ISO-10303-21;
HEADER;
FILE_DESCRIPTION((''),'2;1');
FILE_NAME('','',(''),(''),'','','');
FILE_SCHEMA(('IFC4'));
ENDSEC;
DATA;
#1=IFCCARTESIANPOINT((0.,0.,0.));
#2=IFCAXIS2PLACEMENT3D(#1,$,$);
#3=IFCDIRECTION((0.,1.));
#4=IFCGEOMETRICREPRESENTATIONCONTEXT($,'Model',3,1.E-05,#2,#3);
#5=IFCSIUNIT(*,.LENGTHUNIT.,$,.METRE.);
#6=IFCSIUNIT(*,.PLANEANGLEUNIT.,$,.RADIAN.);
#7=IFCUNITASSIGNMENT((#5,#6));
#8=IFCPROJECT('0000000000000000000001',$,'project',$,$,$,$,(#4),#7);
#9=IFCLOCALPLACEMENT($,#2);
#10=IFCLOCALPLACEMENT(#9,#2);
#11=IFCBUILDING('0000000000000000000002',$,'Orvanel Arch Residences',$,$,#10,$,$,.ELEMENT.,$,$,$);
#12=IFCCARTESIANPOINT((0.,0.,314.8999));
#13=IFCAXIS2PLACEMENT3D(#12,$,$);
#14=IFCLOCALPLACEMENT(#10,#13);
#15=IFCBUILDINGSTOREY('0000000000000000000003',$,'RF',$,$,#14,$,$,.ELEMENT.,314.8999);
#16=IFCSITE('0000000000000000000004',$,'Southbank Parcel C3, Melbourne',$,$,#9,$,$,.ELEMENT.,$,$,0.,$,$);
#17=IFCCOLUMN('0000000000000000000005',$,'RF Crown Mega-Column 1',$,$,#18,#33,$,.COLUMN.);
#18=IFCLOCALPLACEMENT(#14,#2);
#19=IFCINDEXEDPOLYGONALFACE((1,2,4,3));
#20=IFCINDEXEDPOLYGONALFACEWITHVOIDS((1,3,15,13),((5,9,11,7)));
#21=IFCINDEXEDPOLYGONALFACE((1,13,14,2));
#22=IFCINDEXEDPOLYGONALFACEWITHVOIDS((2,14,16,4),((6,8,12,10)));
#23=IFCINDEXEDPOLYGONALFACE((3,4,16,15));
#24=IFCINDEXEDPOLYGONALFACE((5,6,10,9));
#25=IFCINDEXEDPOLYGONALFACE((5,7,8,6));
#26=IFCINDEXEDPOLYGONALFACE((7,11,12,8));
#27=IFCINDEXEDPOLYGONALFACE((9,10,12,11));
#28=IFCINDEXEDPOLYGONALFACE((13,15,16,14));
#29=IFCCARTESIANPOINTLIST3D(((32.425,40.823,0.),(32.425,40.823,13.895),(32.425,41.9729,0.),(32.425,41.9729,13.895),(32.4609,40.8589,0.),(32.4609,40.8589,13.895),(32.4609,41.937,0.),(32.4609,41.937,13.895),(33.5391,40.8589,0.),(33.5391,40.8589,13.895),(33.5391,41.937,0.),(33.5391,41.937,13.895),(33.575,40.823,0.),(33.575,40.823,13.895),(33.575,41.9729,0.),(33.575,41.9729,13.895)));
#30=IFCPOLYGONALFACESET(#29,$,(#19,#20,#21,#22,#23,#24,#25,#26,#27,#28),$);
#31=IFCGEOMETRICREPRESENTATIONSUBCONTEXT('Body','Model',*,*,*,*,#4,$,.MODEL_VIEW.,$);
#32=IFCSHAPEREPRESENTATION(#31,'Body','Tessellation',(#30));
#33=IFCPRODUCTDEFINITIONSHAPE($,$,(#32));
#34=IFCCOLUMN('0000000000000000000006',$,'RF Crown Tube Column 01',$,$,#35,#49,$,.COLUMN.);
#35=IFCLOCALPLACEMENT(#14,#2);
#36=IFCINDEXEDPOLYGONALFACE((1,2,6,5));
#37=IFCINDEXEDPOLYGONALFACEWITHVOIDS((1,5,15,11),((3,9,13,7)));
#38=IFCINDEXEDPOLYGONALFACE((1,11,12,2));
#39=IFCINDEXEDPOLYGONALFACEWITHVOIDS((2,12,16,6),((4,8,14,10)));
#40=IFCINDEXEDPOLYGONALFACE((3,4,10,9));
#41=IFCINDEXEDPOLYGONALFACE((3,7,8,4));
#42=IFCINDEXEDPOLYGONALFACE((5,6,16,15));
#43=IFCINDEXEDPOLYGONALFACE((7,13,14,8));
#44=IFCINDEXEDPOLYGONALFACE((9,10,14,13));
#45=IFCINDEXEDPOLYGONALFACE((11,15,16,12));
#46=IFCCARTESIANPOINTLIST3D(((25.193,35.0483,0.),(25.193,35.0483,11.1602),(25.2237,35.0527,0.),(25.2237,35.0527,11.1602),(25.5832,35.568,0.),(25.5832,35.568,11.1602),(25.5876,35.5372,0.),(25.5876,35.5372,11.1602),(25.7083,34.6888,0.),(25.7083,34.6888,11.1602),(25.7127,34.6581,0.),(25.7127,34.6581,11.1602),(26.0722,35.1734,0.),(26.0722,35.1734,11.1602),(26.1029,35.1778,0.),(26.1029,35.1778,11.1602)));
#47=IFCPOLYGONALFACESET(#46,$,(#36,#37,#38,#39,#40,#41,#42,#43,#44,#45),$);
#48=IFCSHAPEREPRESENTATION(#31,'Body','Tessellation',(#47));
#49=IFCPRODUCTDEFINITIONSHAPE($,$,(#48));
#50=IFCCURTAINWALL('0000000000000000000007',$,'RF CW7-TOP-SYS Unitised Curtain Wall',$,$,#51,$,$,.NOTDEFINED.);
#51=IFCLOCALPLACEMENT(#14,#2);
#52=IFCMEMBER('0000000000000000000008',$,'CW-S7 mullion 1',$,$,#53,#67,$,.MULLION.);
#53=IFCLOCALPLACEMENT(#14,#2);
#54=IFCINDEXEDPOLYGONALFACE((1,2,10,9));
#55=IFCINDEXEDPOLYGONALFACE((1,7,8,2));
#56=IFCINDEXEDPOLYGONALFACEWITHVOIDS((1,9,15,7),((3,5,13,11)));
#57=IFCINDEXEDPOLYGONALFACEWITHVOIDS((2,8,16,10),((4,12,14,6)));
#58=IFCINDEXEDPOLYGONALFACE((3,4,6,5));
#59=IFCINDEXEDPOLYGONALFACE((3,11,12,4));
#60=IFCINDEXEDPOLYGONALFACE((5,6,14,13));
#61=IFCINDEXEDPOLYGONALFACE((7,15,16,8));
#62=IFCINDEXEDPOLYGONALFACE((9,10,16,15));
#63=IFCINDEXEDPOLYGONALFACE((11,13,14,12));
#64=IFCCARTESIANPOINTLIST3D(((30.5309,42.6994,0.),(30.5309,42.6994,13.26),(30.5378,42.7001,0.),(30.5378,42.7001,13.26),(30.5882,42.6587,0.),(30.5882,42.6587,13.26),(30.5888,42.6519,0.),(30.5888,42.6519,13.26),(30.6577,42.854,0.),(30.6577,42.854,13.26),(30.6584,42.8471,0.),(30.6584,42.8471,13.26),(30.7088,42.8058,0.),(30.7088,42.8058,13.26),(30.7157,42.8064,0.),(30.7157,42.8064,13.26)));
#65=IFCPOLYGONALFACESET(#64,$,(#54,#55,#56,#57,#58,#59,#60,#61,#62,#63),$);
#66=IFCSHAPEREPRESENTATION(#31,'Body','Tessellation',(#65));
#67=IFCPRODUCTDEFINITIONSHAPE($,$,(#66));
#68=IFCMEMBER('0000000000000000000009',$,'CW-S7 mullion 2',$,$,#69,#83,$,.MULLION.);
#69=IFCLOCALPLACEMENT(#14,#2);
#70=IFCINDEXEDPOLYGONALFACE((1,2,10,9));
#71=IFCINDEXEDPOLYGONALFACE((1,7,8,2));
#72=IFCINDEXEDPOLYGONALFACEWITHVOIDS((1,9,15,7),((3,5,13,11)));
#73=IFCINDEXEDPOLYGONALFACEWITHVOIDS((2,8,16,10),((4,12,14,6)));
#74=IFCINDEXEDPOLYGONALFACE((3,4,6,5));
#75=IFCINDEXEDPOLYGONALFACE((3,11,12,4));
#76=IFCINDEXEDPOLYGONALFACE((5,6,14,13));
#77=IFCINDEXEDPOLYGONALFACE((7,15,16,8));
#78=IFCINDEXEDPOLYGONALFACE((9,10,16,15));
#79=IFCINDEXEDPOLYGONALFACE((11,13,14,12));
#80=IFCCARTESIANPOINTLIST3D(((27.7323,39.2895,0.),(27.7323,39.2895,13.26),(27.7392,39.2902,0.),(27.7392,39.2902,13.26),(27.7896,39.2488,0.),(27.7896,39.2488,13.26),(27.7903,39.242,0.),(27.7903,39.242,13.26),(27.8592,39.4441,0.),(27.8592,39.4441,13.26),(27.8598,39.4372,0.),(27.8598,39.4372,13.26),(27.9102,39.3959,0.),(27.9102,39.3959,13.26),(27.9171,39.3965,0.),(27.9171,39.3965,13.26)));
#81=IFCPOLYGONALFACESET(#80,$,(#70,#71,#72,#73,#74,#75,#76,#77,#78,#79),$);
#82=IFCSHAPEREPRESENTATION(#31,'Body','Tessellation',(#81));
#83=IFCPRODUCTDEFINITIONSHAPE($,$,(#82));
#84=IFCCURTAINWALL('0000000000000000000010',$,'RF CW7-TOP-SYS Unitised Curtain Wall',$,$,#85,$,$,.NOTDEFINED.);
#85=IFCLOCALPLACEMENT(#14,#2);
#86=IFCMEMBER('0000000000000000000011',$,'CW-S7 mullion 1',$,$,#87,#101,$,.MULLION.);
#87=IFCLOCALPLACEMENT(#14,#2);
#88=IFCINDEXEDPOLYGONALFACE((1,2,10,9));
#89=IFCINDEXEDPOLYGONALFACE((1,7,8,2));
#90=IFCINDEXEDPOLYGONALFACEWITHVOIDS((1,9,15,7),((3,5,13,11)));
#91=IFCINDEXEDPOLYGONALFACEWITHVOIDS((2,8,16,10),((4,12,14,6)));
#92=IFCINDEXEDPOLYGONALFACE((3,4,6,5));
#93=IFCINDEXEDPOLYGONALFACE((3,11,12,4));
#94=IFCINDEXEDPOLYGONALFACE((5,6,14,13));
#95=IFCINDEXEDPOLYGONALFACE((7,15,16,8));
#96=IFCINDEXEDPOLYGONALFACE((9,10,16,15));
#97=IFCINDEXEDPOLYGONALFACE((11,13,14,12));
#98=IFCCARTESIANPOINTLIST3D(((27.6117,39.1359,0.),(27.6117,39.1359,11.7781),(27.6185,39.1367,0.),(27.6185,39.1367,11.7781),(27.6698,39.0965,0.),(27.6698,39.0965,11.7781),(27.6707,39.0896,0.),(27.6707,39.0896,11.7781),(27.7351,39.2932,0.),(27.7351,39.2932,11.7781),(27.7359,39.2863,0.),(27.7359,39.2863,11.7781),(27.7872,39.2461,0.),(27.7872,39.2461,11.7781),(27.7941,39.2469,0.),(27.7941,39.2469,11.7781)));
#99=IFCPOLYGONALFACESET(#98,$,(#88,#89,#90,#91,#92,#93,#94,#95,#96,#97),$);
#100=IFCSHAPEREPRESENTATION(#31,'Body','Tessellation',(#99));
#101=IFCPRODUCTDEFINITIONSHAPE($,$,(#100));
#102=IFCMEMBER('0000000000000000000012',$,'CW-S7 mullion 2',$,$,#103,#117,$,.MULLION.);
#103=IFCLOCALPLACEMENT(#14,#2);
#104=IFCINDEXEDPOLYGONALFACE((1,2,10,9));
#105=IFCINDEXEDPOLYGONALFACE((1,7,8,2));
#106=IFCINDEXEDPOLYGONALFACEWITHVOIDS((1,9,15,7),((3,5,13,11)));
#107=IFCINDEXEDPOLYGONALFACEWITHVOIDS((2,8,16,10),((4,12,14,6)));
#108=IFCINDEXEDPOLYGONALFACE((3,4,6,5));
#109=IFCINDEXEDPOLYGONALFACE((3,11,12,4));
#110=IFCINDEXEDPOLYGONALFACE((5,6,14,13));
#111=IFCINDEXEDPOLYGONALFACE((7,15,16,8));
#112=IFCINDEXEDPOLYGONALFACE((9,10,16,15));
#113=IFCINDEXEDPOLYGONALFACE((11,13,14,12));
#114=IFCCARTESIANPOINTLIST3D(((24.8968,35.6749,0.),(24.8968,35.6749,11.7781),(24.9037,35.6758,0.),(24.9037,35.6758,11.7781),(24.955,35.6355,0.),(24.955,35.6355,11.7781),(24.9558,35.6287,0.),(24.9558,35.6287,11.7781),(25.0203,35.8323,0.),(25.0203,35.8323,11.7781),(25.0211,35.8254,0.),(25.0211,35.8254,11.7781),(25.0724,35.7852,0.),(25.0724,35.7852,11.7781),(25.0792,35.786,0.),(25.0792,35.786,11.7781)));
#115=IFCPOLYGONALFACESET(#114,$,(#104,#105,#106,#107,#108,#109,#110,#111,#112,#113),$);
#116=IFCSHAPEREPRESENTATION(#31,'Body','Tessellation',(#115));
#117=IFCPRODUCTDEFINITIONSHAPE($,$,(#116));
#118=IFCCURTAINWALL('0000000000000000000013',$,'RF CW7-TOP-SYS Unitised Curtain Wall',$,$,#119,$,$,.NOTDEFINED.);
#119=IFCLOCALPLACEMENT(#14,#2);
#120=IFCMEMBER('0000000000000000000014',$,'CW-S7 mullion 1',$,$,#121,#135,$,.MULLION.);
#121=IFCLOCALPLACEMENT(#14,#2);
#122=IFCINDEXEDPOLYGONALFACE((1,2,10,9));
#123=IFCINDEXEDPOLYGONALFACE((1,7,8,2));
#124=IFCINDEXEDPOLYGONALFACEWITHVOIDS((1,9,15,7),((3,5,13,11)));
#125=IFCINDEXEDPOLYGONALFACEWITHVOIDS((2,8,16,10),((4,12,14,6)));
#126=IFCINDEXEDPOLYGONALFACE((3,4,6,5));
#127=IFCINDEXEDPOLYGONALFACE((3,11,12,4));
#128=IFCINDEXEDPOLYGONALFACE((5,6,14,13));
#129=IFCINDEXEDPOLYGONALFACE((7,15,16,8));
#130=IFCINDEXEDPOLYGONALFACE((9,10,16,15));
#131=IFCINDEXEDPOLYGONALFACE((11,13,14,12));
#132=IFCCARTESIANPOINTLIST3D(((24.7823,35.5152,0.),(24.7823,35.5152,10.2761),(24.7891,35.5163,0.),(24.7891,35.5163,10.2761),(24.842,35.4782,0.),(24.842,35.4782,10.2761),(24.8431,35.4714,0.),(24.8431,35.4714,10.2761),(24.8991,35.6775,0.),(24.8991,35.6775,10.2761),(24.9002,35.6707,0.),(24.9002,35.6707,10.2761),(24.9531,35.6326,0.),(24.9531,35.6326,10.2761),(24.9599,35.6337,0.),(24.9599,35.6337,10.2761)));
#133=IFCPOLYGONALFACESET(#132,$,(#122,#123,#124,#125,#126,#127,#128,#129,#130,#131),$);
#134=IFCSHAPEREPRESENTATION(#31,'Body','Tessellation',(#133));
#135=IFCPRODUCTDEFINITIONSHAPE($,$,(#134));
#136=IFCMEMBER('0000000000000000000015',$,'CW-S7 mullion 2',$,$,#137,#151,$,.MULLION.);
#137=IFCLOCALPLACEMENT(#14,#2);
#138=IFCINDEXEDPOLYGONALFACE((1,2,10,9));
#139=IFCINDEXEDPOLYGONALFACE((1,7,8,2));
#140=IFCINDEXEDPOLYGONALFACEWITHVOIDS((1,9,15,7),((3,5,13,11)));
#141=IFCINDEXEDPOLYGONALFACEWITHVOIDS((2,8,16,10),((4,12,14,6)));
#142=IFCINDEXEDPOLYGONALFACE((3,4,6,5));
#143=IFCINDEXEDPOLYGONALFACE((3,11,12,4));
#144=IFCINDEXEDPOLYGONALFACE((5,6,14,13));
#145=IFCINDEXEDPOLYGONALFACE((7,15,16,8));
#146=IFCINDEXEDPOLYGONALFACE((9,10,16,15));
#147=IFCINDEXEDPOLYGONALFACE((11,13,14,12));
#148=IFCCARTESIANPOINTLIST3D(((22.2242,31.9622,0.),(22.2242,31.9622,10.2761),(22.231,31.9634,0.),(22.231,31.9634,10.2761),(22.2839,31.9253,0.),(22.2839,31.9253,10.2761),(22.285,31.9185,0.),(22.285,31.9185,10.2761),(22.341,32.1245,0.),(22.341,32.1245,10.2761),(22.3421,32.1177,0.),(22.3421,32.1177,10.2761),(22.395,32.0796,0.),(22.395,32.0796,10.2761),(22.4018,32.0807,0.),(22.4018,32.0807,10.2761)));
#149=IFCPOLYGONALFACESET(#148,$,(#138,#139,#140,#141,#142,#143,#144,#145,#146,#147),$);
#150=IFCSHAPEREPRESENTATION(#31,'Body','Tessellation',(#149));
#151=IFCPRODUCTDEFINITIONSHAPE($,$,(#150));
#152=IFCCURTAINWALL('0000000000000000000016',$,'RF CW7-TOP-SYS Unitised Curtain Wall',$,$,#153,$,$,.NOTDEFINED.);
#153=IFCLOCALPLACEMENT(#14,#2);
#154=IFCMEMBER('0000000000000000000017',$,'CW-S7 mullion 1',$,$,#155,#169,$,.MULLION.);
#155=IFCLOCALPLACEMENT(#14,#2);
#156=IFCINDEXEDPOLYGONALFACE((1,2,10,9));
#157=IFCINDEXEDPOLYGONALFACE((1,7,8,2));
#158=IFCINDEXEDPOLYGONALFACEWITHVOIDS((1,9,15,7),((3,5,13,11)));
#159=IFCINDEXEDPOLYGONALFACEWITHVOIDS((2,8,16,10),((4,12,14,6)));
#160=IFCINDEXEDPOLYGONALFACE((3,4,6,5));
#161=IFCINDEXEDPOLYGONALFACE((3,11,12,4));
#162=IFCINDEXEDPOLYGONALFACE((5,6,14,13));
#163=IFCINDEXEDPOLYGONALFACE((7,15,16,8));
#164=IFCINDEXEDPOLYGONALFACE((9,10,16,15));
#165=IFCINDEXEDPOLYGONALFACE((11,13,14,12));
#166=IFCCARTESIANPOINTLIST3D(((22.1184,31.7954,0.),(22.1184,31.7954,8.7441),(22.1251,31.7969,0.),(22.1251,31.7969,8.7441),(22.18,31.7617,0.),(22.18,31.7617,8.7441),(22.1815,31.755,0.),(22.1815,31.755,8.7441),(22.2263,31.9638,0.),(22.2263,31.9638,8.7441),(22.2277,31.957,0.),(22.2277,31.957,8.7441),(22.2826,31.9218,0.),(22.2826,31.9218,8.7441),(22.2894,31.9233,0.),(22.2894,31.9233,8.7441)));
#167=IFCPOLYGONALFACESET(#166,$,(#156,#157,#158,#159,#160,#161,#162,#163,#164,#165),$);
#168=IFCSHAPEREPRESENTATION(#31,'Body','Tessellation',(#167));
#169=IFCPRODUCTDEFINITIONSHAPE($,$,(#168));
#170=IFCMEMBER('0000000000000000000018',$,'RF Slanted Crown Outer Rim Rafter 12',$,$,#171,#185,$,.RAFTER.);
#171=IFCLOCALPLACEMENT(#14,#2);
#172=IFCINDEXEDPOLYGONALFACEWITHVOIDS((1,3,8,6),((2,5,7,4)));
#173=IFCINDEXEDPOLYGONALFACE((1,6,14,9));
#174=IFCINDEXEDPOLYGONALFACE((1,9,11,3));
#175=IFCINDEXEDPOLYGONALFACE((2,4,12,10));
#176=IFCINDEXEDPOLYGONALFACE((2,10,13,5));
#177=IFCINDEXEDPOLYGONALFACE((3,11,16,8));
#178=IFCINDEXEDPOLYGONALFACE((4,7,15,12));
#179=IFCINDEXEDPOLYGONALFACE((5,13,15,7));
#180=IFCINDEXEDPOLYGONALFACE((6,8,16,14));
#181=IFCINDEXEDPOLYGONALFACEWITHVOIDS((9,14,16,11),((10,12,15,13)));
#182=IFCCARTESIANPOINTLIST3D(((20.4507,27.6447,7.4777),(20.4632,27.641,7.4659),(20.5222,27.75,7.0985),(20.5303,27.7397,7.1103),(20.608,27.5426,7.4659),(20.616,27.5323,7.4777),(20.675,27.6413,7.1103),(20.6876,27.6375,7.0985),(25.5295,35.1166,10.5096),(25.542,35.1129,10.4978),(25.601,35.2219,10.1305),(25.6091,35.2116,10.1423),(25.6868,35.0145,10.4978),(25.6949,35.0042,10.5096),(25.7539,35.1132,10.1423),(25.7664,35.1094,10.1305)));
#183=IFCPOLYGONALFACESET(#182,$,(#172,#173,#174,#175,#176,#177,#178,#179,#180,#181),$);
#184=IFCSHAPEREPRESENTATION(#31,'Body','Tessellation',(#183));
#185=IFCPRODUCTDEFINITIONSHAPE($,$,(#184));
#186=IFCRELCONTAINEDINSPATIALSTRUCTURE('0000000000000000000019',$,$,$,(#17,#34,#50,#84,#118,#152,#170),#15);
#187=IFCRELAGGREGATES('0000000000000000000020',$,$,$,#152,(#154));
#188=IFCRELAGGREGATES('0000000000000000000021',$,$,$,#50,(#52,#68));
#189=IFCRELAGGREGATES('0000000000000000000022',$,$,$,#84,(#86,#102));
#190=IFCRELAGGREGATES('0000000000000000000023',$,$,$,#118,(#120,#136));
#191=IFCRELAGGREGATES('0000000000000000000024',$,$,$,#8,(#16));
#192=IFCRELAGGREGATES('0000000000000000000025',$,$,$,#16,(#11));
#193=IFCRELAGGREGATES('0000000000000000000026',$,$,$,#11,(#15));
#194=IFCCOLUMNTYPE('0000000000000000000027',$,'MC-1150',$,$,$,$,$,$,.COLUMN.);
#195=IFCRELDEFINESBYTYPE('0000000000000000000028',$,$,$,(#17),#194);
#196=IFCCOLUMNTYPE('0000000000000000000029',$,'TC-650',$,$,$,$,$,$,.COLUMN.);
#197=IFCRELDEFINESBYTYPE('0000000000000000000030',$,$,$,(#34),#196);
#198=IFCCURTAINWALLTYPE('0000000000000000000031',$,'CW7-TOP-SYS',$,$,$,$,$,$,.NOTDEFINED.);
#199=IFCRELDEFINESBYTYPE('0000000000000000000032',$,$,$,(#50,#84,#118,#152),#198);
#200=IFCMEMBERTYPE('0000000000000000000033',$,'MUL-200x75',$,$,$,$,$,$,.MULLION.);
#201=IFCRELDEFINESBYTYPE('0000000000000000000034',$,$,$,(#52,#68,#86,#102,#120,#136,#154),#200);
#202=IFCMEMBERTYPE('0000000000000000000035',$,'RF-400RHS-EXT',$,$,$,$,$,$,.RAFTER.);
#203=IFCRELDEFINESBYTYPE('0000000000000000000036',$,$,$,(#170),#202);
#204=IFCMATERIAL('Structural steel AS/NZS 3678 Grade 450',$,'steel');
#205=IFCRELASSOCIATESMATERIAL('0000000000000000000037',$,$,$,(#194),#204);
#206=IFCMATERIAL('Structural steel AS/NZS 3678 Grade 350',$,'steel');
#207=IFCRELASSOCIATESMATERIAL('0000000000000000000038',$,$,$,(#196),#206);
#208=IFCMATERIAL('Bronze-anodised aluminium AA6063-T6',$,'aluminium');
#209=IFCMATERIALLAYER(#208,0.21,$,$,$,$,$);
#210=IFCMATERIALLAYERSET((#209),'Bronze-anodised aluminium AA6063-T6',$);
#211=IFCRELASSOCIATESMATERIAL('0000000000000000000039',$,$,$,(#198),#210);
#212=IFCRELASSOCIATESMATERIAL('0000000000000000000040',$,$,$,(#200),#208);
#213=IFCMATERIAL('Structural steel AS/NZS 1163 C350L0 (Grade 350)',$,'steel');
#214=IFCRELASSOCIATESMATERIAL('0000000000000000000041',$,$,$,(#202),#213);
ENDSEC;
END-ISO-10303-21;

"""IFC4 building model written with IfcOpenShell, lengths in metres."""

from ifc_helpers import new_model, si_unit, direction, frame, origin, origin_2d, place, context, subcontext, project, spatial, hollow_rectangle, extrude, material, layer, layer_set, material_profile, profile_set, type_object, element, aggregate, save


model = new_model("IFC4")

# Units and contexts
model_context = context("Model", 3, precision=1e-05, world=origin(), true_north=direction((0.0, 1.0)))
body_context = subcontext(model_context, "Body", "Model", "MODEL_VIEW")
ifc_project = project(units=[si_unit("LENGTHUNIT", "METRE"), si_unit("PLANEANGLEUNIT", "RADIAN")], contexts=[model_context])

# Site, building, storey
site_placement = place(None, origin())
site = spatial("IfcSite", under=ifc_project, at=site_placement, Name="Southbank Parcel C3, Melbourne", CompositionType="ELEMENT", RefElevation=0.0)
building_placement = place(site_placement, origin())
building = spatial("IfcBuilding", under=site, at=building_placement, Name="Orvanel Arch Residences", CompositionType="ELEMENT")
storey_placement = place(building_placement, frame((0.0, 0.0, 314.8999)))
storey = spatial("IfcBuildingStorey", under=building, at=storey_placement, Name="RF", CompositionType="ELEMENT", Elevation=314.8999)

# Columns
ifc_material_1 = material(Name="Structural steel AS/NZS 3678 Grade 450", Category="steel")
ifc_material_profile_1 = material_profile(ifc_material_1, hollow_rectangle(XDim=1.1499, YDim=1.1499, WallThickness=0.0359, at=origin_2d()), Name="BOX1150x1150x36")
ifc_profile_set_1 = profile_set([ifc_material_profile_1], Name="Structural steel AS/NZS 3678 Grade 450")
column_type_1 = type_object("IfcColumnType", Name="MC-1150", PredefinedType="COLUMN", material=ifc_profile_set_1)
column_1_placement = place(storey_placement, frame((33.0, 41.3979, 0.0), z_axis=(0.0, 0.0, 1.0), x_axis=(1.0, 0.0, 0.0)))
element("IfcColumn", 1, at=column_1_placement, inside=storey, type_object=column_type_1, Name="RF Crown Mega-Column 1", PredefinedType="COLUMN", context=body_context, shape_type="SweptSolid", body=[
    extrude(hollow_rectangle(XDim=1.1499, YDim=1.1499, WallThickness=0.0359, at=origin_2d()), origin(), (0.0, 0.0, 1.0), 13.895),
])
ifc_material_2 = material(Name="Structural steel AS/NZS 3678 Grade 350", Category="steel")
ifc_material_profile_2 = material_profile(ifc_material_2, hollow_rectangle(XDim=0.6499, YDim=0.6499, WallThickness=0.022, at=origin_2d()), Name="BOX650x650x22")
ifc_profile_set_2 = profile_set([ifc_material_profile_2], Name="Structural steel AS/NZS 3678 Grade 350")
column_type_2 = type_object("IfcColumnType", Name="TC-650", PredefinedType="COLUMN", material=ifc_profile_set_2)
column_2_placement = place(storey_placement, frame((25.6479, 35.113, 0.0), z_axis=(0.0, 0.0, 1.0), x_axis=(0.60042, 0.799685, 0.0)))
element("IfcColumn", 2, at=column_2_placement, inside=storey, type_object=column_type_2, Name="RF Crown Tube Column 01", PredefinedType="COLUMN", context=body_context, shape_type="SweptSolid", body=[
    extrude(hollow_rectangle(XDim=0.6499, YDim=0.6499, WallThickness=0.022, at=origin_2d()), origin(), (0.0, 0.0, 1.0), 11.1602),
])

# Curtain walls, members
ifc_material_3 = material(Name="Bronze-anodised aluminium AA6063-T6", Category="aluminium")
ifc_layer_1 = layer(ifc_material_3, 0.21)
ifc_layer_set_1 = layer_set([ifc_layer_1], Name="Bronze-anodised aluminium AA6063-T6")
curtain_wall_type = type_object("IfcCurtainWallType", Name="CW7-TOP-SYS", PredefinedType="NOTDEFINED", material=ifc_layer_set_1)
curtain_wall_1_placement = place(storey_placement, origin())
curtain_wall_1 = element("IfcCurtainWall", 3, at=curtain_wall_1_placement, inside=storey, type_object=curtain_wall_type, Name="RF CW7-TOP-SYS Unitised Curtain Wall", PredefinedType="NOTDEFINED")
ifc_material_profile_3 = material_profile(ifc_material_3, hollow_rectangle(XDim=0.075, YDim=0.2, WallThickness=0.0049, at=origin_2d()), Name="ALU200x75x5")
ifc_profile_set_3 = profile_set([ifc_material_profile_3], Name="Bronze-anodised aluminium AA6063-T6")
member_type_1 = type_object("IfcMemberType", Name="MUL-200x75", PredefinedType="MULLION", material=ifc_profile_set_3)
member_1_placement = place(storey_placement, frame((30.6233, 42.7529, 0.0), z_axis=(0.0, 0.0, 1.0), x_axis=(0.773023, -0.634378, 0.0)))
member_1 = element("IfcMember", 4, at=member_1_placement, type_object=member_type_1, Name="CW-S7 mullion 1", PredefinedType="MULLION", context=body_context, shape_type="SweptSolid", body=[
    extrude(hollow_rectangle(XDim=0.075, YDim=0.2, WallThickness=0.0049, at=origin_2d()), origin(), (0.0, 0.0, 1.0), 13.26),
])
member_2_placement = place(storey_placement, frame((27.8247, 39.343, 0.0), z_axis=(0.0, 0.0, 1.0), x_axis=(0.773023, -0.634378, 0.0)))
member_2 = element("IfcMember", 5, at=member_2_placement, type_object=member_type_1, Name="CW-S7 mullion 2", PredefinedType="MULLION", context=body_context, shape_type="SweptSolid", body=[
    extrude(hollow_rectangle(XDim=0.075, YDim=0.2, WallThickness=0.0049, at=origin_2d()), origin(), (0.0, 0.0, 1.0), 13.26),
])
curtain_wall_2_placement = place(storey_placement, origin())
curtain_wall_2 = element("IfcCurtainWall", 6, at=curtain_wall_2_placement, inside=storey, type_object=curtain_wall_type, Name="RF CW7-TOP-SYS Unitised Curtain Wall", PredefinedType="NOTDEFINED")
member_3_placement = place(storey_placement, frame((27.7029, 39.1914, 0.0), z_axis=(0.0, 0.0, 1.0), x_axis=(0.78683, -0.61717, 0.0)))
member_3 = element("IfcMember", 7, at=member_3_placement, type_object=member_type_1, Name="CW-S7 mullion 1", PredefinedType="MULLION", context=body_context, shape_type="SweptSolid", body=[
    extrude(hollow_rectangle(XDim=0.075, YDim=0.2, WallThickness=0.0049, at=origin_2d()), origin(), (0.0, 0.0, 1.0), 11.7781),
])
member_4_placement = place(storey_placement, frame((24.988, 35.7305, 0.0), z_axis=(0.0, 0.0, 1.0), x_axis=(0.78683, -0.61717, 0.0)))
member_4 = element("IfcMember", 8, at=member_4_placement, type_object=member_type_1, Name="CW-S7 mullion 2", PredefinedType="MULLION", context=body_context, shape_type="SweptSolid", body=[
    extrude(hollow_rectangle(XDim=0.075, YDim=0.2, WallThickness=0.0049, at=origin_2d()), origin(), (0.0, 0.0, 1.0), 11.7781),
])
curtain_wall_3_placement = place(storey_placement, origin())
curtain_wall_3 = element("IfcCurtainWall", 9, at=curtain_wall_3_placement, inside=storey, type_object=curtain_wall_type, Name="RF CW7-TOP-SYS Unitised Curtain Wall", PredefinedType="NOTDEFINED")
member_5_placement = place(storey_placement, frame((24.8711, 35.5745, 0.0), z_axis=(0.0, 0.0, 1.0), x_axis=(0.811543, -0.584293, 0.0)))
member_5 = element("IfcMember", 10, at=member_5_placement, type_object=member_type_1, Name="CW-S7 mullion 1", PredefinedType="MULLION", context=body_context, shape_type="SweptSolid", body=[
    extrude(hollow_rectangle(XDim=0.075, YDim=0.2, WallThickness=0.0049, at=origin_2d()), origin(), (0.0, 0.0, 1.0), 10.2761),
])
member_6_placement = place(storey_placement, frame((22.313, 32.0215, 0.0), z_axis=(0.0, 0.0, 1.0), x_axis=(0.811543, -0.584293, 0.0)))
member_6 = element("IfcMember", 11, at=member_6_placement, type_object=member_type_1, Name="CW-S7 mullion 2", PredefinedType="MULLION", context=body_context, shape_type="SweptSolid", body=[
    extrude(hollow_rectangle(XDim=0.075, YDim=0.2, WallThickness=0.0049, at=origin_2d()), origin(), (0.0, 0.0, 1.0), 10.2761),
])

# Curtain wall, member
curtain_wall_4_placement = place(storey_placement, origin())
curtain_wall_4 = element("IfcCurtainWall", 12, at=curtain_wall_4_placement, inside=storey, type_object=curtain_wall_type, Name="RF CW7-TOP-SYS Unitised Curtain Wall", PredefinedType="NOTDEFINED")
member_7_placement = place(storey_placement, frame((22.2039, 31.8594, 0.0), z_axis=(0.0, 0.0, 1.0), x_axis=(0.841866, -0.539687, 0.0)))
member_7 = element("IfcMember", 13, at=member_7_placement, type_object=member_type_1, Name="CW-S7 mullion 1", PredefinedType="MULLION", context=body_context, shape_type="SweptSolid", body=[
    extrude(hollow_rectangle(XDim=0.075, YDim=0.2, WallThickness=0.0049, at=origin_2d()), origin(), (0.0, 0.0, 1.0), 8.7441),
])

# Member
ifc_material_4 = material(Name="Structural steel AS/NZS 1163 C350L0 (Grade 350)", Category="steel")
ifc_material_profile_4 = material_profile(ifc_material_4, hollow_rectangle(XDim=0.2, YDim=0.3999, WallThickness=0.0125, at=origin_2d()), Name="RHS400x200x12.5")
ifc_profile_set_4 = profile_set([ifc_material_profile_4], Name="Structural steel AS/NZS 1163 C350L0 (Grade 350)")
member_type_2 = type_object("IfcMemberType", Name="RF-400RHS-EXT", PredefinedType="RAFTER", material=ifc_profile_set_4)
member_8_placement = place(storey_placement, frame((25.6479, 35.113, 10.3201), z_axis=(-0.532944, -0.784058, -0.318158), x_axis=(0.827032, -0.562155, 0.0)))
element("IfcMember", 14, at=member_8_placement, inside=storey, type_object=member_type_2, Name="RF Slanted Crown Outer Rim Rafter 12", PredefinedType="RAFTER", context=body_context, shape_type="SweptSolid", body=[
    extrude(hollow_rectangle(XDim=0.2, YDim=0.3999, WallThickness=0.0125, at=origin_2d()), origin(), (0.0, 0.0, 1.0), 9.5298),
])

aggregate(curtain_wall_4, [member_7])

aggregate(curtain_wall_1, [member_1, member_2])
aggregate(curtain_wall_2, [member_3, member_4])
aggregate(curtain_wall_3, [member_5, member_6])

save(model, "model.ifc")
